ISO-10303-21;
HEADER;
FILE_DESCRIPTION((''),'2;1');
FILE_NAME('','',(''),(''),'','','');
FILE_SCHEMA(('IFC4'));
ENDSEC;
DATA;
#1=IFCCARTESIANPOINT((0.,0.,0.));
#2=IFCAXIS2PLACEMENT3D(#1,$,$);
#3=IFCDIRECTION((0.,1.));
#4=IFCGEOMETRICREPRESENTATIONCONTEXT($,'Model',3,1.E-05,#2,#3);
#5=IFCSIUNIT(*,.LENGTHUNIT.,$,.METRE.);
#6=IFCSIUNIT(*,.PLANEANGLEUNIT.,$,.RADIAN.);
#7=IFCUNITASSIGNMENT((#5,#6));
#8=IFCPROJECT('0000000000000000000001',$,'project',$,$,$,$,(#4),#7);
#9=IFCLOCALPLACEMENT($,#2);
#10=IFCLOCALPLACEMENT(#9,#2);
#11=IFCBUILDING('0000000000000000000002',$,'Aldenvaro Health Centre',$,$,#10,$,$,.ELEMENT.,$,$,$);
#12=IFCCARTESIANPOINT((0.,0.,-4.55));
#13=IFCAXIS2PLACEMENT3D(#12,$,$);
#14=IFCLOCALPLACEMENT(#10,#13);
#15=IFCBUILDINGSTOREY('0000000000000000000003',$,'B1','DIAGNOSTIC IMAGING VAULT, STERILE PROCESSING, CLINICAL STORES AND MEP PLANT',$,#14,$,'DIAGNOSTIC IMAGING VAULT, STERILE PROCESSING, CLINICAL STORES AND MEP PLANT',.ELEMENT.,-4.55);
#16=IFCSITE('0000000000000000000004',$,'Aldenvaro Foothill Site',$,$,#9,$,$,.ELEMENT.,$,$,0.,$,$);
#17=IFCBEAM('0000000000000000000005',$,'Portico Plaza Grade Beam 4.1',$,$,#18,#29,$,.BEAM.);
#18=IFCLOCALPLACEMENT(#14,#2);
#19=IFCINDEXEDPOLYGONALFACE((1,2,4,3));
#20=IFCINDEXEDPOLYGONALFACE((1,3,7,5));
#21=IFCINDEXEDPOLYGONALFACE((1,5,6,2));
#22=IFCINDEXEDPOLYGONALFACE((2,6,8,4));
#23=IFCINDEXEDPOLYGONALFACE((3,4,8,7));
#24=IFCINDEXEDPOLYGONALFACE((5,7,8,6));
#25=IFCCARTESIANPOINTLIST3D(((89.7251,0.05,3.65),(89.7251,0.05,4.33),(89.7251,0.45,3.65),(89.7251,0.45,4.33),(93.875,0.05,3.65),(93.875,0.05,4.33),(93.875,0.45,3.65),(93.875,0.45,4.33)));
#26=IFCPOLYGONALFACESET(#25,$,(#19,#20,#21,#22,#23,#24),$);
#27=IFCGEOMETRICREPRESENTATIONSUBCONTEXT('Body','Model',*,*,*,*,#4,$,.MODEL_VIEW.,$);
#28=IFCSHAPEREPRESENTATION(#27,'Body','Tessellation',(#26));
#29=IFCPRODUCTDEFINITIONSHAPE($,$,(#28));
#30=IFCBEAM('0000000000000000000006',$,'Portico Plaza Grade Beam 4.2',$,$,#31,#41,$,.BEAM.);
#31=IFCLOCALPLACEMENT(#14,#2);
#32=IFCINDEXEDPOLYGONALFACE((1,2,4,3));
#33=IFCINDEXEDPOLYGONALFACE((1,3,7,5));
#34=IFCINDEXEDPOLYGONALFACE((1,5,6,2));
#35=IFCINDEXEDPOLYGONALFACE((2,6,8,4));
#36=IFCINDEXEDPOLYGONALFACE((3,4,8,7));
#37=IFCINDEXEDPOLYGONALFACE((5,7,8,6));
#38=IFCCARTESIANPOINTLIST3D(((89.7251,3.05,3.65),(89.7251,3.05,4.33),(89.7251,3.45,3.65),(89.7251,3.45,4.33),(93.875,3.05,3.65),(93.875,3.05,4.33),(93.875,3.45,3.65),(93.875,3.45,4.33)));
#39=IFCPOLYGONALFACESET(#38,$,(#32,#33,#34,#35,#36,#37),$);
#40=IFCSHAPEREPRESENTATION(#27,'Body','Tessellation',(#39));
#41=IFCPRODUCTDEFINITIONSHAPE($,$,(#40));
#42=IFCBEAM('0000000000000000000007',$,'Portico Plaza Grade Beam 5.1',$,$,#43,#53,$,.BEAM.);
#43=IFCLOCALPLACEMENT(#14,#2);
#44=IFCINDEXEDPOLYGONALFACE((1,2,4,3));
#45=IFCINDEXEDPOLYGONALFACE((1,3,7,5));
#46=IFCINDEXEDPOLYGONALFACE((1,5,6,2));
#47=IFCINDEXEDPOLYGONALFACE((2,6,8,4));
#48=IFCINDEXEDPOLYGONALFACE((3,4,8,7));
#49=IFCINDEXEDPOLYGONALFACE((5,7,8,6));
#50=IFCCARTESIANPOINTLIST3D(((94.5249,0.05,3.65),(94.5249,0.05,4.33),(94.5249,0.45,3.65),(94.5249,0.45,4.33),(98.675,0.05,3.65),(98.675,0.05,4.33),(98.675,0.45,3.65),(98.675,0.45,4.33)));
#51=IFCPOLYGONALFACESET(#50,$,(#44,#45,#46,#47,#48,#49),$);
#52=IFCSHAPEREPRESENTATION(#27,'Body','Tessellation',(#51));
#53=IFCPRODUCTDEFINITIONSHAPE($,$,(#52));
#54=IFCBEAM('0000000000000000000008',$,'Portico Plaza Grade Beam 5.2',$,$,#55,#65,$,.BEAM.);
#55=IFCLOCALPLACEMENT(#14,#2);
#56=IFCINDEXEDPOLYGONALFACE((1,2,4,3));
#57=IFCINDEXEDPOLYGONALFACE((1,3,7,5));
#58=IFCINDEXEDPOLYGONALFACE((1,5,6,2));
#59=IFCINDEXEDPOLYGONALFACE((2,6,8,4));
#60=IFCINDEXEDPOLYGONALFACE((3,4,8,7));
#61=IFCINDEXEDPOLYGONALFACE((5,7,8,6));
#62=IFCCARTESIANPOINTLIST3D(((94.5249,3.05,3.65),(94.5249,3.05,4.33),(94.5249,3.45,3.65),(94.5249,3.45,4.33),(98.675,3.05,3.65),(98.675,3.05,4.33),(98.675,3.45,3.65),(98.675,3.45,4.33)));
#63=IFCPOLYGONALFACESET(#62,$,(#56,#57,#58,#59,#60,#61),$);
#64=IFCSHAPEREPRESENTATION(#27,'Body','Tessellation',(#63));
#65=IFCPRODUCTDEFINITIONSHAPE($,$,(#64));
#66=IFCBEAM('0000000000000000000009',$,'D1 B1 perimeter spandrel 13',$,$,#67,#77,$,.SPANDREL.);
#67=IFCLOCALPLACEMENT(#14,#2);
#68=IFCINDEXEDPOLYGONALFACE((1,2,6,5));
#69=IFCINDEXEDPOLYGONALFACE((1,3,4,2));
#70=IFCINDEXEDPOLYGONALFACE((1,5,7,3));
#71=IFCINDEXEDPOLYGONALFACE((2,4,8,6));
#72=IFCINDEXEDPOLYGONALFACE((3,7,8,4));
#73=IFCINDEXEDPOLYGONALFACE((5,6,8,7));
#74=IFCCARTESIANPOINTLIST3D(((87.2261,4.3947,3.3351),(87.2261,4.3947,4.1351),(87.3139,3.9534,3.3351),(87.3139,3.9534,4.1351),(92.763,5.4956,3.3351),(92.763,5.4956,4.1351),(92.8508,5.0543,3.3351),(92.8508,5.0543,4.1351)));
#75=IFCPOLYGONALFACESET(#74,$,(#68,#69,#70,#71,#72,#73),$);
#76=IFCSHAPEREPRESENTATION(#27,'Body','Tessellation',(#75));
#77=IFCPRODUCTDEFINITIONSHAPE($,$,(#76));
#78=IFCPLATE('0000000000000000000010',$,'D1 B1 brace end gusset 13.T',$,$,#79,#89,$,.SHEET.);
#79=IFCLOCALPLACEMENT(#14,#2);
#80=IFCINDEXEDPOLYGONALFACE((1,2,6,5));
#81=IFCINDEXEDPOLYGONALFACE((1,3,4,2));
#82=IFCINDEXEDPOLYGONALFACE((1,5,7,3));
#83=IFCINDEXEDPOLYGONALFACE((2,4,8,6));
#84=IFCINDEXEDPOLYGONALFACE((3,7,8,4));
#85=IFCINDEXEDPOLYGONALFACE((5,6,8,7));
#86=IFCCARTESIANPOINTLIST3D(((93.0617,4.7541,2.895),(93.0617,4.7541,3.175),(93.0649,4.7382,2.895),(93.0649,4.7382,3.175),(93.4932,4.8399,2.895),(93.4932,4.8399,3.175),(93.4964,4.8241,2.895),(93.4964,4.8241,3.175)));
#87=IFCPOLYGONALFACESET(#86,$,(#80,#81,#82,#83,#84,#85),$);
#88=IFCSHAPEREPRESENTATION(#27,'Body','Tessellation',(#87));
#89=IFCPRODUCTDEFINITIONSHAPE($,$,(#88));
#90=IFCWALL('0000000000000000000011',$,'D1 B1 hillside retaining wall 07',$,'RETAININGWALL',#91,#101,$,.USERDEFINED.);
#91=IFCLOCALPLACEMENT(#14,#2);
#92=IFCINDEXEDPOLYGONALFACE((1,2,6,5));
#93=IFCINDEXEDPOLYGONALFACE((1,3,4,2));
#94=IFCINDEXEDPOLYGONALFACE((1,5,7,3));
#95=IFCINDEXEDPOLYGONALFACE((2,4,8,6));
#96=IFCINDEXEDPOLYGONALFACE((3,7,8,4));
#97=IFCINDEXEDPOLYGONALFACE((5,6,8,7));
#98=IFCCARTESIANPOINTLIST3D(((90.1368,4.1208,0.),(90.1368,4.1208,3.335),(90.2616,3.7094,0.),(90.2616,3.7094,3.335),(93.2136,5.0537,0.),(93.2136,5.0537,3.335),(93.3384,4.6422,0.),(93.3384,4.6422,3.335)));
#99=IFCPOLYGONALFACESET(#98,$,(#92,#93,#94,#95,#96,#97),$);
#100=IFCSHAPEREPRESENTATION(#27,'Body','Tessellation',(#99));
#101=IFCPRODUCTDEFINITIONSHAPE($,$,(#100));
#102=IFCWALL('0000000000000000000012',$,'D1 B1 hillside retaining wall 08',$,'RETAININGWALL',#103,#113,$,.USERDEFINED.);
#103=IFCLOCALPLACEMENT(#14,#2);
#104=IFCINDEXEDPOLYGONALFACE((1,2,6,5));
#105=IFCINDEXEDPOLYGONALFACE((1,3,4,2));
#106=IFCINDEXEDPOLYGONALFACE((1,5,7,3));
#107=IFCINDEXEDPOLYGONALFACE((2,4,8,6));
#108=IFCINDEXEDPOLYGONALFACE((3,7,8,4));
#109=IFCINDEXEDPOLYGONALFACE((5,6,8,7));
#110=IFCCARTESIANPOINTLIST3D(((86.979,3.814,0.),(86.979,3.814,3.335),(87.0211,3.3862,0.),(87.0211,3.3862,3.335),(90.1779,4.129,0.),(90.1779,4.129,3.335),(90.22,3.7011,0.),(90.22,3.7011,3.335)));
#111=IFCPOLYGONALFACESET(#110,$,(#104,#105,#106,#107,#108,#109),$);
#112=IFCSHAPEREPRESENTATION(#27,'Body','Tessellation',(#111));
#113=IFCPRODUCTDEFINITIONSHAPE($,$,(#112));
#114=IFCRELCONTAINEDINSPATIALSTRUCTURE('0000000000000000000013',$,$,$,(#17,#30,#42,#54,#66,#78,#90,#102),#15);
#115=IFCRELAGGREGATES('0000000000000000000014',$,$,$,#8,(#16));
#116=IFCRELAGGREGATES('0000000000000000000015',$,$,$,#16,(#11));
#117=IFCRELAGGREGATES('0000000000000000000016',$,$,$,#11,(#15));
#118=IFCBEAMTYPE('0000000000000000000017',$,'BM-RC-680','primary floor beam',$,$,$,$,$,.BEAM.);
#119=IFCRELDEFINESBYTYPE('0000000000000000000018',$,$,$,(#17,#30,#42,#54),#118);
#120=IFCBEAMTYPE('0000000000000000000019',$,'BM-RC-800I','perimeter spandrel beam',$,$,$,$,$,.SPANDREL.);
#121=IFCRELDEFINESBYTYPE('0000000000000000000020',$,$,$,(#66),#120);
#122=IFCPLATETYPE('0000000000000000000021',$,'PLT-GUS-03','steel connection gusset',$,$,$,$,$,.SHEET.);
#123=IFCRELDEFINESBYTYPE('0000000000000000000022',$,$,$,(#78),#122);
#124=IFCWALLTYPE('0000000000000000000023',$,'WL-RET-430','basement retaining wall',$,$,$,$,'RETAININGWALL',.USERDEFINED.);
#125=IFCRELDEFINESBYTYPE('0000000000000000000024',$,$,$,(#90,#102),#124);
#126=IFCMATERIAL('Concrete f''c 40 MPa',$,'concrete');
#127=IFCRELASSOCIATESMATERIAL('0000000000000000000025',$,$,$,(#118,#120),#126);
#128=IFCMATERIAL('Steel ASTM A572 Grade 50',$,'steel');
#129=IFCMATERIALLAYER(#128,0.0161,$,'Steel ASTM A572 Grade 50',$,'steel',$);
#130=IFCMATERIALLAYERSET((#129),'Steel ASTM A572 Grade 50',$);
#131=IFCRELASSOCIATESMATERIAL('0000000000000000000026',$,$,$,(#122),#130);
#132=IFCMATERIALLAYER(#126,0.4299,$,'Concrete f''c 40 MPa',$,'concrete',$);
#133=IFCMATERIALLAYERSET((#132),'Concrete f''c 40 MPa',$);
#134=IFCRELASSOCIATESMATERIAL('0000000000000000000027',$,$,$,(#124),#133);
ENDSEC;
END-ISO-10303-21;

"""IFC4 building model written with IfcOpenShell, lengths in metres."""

from ifc_helpers import new_model, si_unit, direction, frame, frame_2d, origin, origin_2d, place, context, subcontext, project, spatial, rectangle, extrude, material, layer, layer_set, material_profile, profile_set, type_object, element, save


model = new_model("IFC4")

# Units and contexts
model_context = context("Model", 3, precision=1e-05, world=origin(), true_north=direction((0.0, 1.0)))
body_context = subcontext(model_context, "Body", "Model", "MODEL_VIEW")
ifc_project = project(units=[si_unit("LENGTHUNIT", "METRE"), si_unit("PLANEANGLEUNIT", "RADIAN")], contexts=[model_context])

# Site, building, storey
site_placement = place(None, origin())
site = spatial("IfcSite", under=ifc_project, at=site_placement, Name="Aldenvaro Foothill Site", CompositionType="ELEMENT", RefElevation=0.0)
building_placement = place(site_placement, origin())
building = spatial("IfcBuilding", under=site, at=building_placement, Name="Aldenvaro Health Centre", CompositionType="ELEMENT")
storey_placement = place(building_placement, frame((0.0, 0.0, -4.55)))
storey = spatial("IfcBuildingStorey", under=building, at=storey_placement, Name="B1", Description="DIAGNOSTIC IMAGING VAULT, STERILE PROCESSING, CLINICAL STORES AND MEP PLANT", LongName="DIAGNOSTIC IMAGING VAULT, STERILE PROCESSING, CLINICAL STORES AND MEP PLANT", CompositionType="ELEMENT", Elevation=-4.55)

# Shared definitions
ifc_material_1 = material(Name="Concrete f'c 40 MPa", Category="concrete")

# Beams
ifc_material_profile_1 = material_profile(ifc_material_1, rectangle(XDim=0.3999, YDim=0.6799, at=origin_2d()), Name="RC 400x680", Category="concrete")
ifc_profile_set_1 = profile_set([ifc_material_profile_1], Name="Concrete f'c 40 MPa")
beam_type_1 = type_object("IfcBeamType", Name="BM-RC-680", Description="primary floor beam", PredefinedType="BEAM", material=ifc_profile_set_1)
for number, where, z_axis, x_axis, name in (
    (1, (89.7251, 0.25, 3.99), (1.0, 0.0, 0.0), (0.0, 1.0, 0.0), "Portico Plaza Grade Beam 4.1"),
    (2, (89.7251, 3.25, 3.99), (1.0, 0.0, 0.0), (0.0, 1.0, 0.0), "Portico Plaza Grade Beam 4.2"),
):
    element("IfcBeam", number, at=place(storey_placement, frame(where, z_axis=z_axis, x_axis=x_axis)), inside=storey, type_object=beam_type_1, Name=name, PredefinedType="BEAM", context=body_context, shape_type="SweptSolid", body=[
        extrude(rectangle(XDim=0.3999, YDim=0.6799, at=origin_2d()), origin(), (0.0, 0.0, 1.0), 4.1499),
    ])
for number, where, z_axis, x_axis, name in (
    (3, (94.5249, 0.25, 3.99), (1.0, 0.0, 0.0), (0.0, 1.0, 0.0), "Portico Plaza Grade Beam 5.1"),
    (4, (94.5249, 3.25, 3.99), (1.0, 0.0, 0.0), (0.0, 1.0, 0.0), "Portico Plaza Grade Beam 5.2"),
):
    element("IfcBeam", number, at=place(storey_placement, frame(where, z_axis=z_axis, x_axis=x_axis)), inside=storey, type_object=beam_type_1, Name=name, PredefinedType="BEAM", context=body_context, shape_type="SweptSolid", body=[
        extrude(rectangle(XDim=0.3999, YDim=0.6799, at=origin_2d()), origin(), (0.0, 0.0, 1.0), 4.1501),
    ])
ifc_material_profile_2 = material_profile(ifc_material_1, rectangle(XDim=0.45, YDim=0.8, at=origin_2d()), Name="RC 450x800", Category="concrete")
ifc_profile_set_2 = profile_set([ifc_material_profile_2], Name="Concrete f'c 40 MPa")
beam_type_2 = type_object("IfcBeamType", Name="BM-RC-800I", Description="perimeter spandrel beam", PredefinedType="SPANDREL", material=ifc_profile_set_2)
beam_1_placement = place(storey_placement, frame((87.27, 4.1741, 3.7351), z_axis=(0.980803, 0.195002, 0.0), x_axis=(-0.195002, 0.980803, 0.0)))
element("IfcBeam", 5, at=beam_1_placement, inside=storey, type_object=beam_type_2, Name="D1 B1 perimeter spandrel 13", PredefinedType="SPANDREL", context=body_context, shape_type="SweptSolid", body=[
    extrude(rectangle(XDim=0.45, YDim=0.8, at=origin_2d()), origin(), (0.0, 0.0, 1.0), 5.6453),
])

# Plate
ifc_material_2 = material(Name="Steel ASTM A572 Grade 50", Category="steel")
ifc_layer_1 = layer(ifc_material_2, 0.0161, Name="Steel ASTM A572 Grade 50", Category="steel")
ifc_layer_set_1 = layer_set([ifc_layer_1], Name="Steel ASTM A572 Grade 50")
plate_type = type_object("IfcPlateType", Name="PLT-GUS-03", Description="steel connection gusset", PredefinedType="SHEET", material=ifc_layer_set_1)
plate_placement = place(storey_placement, frame((93.2791, 4.7891, 2.895), z_axis=(0.0, 0.0, 1.0), x_axis=(0.980785, 0.19509, 0.0)))
element("IfcPlate", 6, at=plate_placement, inside=storey, type_object=plate_type, Name="D1 B1 brace end gusset 13.T", PredefinedType="SHEET", context=body_context, shape_type="SweptSolid", body=[
    extrude(rectangle(XDim=0.4399, YDim=0.0161, at=origin_2d()), origin(), (0.0, 0.0, 1.0), 0.28),
])

# Walls
ifc_layer_2 = layer(ifc_material_1, 0.4299, Name="Concrete f'c 40 MPa", Category="concrete")
ifc_layer_set_2 = layer_set([ifc_layer_2], Name="Concrete f'c 40 MPa")
wall_type = type_object("IfcWallType", Name="WL-RET-430", Description="basement retaining wall", ElementType="RETAININGWALL", PredefinedType="USERDEFINED", material=ifc_layer_set_2)
wall_1_placement = place(storey_placement, frame((93.2759, 4.8479, 0.0), z_axis=(0.0, 0.0, 1.0), x_axis=(-0.956984, -0.29014, 0.0)))
element("IfcWall", 7, at=wall_1_placement, inside=storey, type_object=wall_type, Name="D1 B1 hillside retaining wall 07", ObjectType="RETAININGWALL", PredefinedType="USERDEFINED", context=body_context, shape_type="SweptSolid", body=[
    extrude(rectangle(XDim=3.2151, YDim=0.4299, at=frame_2d((1.6074, 0.0))), origin(), (0.0, 0.0, 1.0), 3.335),
])
wall_2_placement = place(storey_placement, frame((90.199, 3.915, 0.0), z_axis=(0.0, 0.0, 1.0), x_axis=(-0.995189, -0.097977, 0.0)))
element("IfcWall", 8, at=wall_2_placement, inside=storey, type_object=wall_type, Name="D1 B1 hillside retaining wall 08", ObjectType="RETAININGWALL", PredefinedType="USERDEFINED", context=body_context, shape_type="SweptSolid", body=[
    extrude(rectangle(XDim=3.2144, YDim=0.4299, at=frame_2d((1.6072, 0.0))), origin(), (0.0, 0.0, 1.0), 3.335),
])

save(model, "model.ifc")
